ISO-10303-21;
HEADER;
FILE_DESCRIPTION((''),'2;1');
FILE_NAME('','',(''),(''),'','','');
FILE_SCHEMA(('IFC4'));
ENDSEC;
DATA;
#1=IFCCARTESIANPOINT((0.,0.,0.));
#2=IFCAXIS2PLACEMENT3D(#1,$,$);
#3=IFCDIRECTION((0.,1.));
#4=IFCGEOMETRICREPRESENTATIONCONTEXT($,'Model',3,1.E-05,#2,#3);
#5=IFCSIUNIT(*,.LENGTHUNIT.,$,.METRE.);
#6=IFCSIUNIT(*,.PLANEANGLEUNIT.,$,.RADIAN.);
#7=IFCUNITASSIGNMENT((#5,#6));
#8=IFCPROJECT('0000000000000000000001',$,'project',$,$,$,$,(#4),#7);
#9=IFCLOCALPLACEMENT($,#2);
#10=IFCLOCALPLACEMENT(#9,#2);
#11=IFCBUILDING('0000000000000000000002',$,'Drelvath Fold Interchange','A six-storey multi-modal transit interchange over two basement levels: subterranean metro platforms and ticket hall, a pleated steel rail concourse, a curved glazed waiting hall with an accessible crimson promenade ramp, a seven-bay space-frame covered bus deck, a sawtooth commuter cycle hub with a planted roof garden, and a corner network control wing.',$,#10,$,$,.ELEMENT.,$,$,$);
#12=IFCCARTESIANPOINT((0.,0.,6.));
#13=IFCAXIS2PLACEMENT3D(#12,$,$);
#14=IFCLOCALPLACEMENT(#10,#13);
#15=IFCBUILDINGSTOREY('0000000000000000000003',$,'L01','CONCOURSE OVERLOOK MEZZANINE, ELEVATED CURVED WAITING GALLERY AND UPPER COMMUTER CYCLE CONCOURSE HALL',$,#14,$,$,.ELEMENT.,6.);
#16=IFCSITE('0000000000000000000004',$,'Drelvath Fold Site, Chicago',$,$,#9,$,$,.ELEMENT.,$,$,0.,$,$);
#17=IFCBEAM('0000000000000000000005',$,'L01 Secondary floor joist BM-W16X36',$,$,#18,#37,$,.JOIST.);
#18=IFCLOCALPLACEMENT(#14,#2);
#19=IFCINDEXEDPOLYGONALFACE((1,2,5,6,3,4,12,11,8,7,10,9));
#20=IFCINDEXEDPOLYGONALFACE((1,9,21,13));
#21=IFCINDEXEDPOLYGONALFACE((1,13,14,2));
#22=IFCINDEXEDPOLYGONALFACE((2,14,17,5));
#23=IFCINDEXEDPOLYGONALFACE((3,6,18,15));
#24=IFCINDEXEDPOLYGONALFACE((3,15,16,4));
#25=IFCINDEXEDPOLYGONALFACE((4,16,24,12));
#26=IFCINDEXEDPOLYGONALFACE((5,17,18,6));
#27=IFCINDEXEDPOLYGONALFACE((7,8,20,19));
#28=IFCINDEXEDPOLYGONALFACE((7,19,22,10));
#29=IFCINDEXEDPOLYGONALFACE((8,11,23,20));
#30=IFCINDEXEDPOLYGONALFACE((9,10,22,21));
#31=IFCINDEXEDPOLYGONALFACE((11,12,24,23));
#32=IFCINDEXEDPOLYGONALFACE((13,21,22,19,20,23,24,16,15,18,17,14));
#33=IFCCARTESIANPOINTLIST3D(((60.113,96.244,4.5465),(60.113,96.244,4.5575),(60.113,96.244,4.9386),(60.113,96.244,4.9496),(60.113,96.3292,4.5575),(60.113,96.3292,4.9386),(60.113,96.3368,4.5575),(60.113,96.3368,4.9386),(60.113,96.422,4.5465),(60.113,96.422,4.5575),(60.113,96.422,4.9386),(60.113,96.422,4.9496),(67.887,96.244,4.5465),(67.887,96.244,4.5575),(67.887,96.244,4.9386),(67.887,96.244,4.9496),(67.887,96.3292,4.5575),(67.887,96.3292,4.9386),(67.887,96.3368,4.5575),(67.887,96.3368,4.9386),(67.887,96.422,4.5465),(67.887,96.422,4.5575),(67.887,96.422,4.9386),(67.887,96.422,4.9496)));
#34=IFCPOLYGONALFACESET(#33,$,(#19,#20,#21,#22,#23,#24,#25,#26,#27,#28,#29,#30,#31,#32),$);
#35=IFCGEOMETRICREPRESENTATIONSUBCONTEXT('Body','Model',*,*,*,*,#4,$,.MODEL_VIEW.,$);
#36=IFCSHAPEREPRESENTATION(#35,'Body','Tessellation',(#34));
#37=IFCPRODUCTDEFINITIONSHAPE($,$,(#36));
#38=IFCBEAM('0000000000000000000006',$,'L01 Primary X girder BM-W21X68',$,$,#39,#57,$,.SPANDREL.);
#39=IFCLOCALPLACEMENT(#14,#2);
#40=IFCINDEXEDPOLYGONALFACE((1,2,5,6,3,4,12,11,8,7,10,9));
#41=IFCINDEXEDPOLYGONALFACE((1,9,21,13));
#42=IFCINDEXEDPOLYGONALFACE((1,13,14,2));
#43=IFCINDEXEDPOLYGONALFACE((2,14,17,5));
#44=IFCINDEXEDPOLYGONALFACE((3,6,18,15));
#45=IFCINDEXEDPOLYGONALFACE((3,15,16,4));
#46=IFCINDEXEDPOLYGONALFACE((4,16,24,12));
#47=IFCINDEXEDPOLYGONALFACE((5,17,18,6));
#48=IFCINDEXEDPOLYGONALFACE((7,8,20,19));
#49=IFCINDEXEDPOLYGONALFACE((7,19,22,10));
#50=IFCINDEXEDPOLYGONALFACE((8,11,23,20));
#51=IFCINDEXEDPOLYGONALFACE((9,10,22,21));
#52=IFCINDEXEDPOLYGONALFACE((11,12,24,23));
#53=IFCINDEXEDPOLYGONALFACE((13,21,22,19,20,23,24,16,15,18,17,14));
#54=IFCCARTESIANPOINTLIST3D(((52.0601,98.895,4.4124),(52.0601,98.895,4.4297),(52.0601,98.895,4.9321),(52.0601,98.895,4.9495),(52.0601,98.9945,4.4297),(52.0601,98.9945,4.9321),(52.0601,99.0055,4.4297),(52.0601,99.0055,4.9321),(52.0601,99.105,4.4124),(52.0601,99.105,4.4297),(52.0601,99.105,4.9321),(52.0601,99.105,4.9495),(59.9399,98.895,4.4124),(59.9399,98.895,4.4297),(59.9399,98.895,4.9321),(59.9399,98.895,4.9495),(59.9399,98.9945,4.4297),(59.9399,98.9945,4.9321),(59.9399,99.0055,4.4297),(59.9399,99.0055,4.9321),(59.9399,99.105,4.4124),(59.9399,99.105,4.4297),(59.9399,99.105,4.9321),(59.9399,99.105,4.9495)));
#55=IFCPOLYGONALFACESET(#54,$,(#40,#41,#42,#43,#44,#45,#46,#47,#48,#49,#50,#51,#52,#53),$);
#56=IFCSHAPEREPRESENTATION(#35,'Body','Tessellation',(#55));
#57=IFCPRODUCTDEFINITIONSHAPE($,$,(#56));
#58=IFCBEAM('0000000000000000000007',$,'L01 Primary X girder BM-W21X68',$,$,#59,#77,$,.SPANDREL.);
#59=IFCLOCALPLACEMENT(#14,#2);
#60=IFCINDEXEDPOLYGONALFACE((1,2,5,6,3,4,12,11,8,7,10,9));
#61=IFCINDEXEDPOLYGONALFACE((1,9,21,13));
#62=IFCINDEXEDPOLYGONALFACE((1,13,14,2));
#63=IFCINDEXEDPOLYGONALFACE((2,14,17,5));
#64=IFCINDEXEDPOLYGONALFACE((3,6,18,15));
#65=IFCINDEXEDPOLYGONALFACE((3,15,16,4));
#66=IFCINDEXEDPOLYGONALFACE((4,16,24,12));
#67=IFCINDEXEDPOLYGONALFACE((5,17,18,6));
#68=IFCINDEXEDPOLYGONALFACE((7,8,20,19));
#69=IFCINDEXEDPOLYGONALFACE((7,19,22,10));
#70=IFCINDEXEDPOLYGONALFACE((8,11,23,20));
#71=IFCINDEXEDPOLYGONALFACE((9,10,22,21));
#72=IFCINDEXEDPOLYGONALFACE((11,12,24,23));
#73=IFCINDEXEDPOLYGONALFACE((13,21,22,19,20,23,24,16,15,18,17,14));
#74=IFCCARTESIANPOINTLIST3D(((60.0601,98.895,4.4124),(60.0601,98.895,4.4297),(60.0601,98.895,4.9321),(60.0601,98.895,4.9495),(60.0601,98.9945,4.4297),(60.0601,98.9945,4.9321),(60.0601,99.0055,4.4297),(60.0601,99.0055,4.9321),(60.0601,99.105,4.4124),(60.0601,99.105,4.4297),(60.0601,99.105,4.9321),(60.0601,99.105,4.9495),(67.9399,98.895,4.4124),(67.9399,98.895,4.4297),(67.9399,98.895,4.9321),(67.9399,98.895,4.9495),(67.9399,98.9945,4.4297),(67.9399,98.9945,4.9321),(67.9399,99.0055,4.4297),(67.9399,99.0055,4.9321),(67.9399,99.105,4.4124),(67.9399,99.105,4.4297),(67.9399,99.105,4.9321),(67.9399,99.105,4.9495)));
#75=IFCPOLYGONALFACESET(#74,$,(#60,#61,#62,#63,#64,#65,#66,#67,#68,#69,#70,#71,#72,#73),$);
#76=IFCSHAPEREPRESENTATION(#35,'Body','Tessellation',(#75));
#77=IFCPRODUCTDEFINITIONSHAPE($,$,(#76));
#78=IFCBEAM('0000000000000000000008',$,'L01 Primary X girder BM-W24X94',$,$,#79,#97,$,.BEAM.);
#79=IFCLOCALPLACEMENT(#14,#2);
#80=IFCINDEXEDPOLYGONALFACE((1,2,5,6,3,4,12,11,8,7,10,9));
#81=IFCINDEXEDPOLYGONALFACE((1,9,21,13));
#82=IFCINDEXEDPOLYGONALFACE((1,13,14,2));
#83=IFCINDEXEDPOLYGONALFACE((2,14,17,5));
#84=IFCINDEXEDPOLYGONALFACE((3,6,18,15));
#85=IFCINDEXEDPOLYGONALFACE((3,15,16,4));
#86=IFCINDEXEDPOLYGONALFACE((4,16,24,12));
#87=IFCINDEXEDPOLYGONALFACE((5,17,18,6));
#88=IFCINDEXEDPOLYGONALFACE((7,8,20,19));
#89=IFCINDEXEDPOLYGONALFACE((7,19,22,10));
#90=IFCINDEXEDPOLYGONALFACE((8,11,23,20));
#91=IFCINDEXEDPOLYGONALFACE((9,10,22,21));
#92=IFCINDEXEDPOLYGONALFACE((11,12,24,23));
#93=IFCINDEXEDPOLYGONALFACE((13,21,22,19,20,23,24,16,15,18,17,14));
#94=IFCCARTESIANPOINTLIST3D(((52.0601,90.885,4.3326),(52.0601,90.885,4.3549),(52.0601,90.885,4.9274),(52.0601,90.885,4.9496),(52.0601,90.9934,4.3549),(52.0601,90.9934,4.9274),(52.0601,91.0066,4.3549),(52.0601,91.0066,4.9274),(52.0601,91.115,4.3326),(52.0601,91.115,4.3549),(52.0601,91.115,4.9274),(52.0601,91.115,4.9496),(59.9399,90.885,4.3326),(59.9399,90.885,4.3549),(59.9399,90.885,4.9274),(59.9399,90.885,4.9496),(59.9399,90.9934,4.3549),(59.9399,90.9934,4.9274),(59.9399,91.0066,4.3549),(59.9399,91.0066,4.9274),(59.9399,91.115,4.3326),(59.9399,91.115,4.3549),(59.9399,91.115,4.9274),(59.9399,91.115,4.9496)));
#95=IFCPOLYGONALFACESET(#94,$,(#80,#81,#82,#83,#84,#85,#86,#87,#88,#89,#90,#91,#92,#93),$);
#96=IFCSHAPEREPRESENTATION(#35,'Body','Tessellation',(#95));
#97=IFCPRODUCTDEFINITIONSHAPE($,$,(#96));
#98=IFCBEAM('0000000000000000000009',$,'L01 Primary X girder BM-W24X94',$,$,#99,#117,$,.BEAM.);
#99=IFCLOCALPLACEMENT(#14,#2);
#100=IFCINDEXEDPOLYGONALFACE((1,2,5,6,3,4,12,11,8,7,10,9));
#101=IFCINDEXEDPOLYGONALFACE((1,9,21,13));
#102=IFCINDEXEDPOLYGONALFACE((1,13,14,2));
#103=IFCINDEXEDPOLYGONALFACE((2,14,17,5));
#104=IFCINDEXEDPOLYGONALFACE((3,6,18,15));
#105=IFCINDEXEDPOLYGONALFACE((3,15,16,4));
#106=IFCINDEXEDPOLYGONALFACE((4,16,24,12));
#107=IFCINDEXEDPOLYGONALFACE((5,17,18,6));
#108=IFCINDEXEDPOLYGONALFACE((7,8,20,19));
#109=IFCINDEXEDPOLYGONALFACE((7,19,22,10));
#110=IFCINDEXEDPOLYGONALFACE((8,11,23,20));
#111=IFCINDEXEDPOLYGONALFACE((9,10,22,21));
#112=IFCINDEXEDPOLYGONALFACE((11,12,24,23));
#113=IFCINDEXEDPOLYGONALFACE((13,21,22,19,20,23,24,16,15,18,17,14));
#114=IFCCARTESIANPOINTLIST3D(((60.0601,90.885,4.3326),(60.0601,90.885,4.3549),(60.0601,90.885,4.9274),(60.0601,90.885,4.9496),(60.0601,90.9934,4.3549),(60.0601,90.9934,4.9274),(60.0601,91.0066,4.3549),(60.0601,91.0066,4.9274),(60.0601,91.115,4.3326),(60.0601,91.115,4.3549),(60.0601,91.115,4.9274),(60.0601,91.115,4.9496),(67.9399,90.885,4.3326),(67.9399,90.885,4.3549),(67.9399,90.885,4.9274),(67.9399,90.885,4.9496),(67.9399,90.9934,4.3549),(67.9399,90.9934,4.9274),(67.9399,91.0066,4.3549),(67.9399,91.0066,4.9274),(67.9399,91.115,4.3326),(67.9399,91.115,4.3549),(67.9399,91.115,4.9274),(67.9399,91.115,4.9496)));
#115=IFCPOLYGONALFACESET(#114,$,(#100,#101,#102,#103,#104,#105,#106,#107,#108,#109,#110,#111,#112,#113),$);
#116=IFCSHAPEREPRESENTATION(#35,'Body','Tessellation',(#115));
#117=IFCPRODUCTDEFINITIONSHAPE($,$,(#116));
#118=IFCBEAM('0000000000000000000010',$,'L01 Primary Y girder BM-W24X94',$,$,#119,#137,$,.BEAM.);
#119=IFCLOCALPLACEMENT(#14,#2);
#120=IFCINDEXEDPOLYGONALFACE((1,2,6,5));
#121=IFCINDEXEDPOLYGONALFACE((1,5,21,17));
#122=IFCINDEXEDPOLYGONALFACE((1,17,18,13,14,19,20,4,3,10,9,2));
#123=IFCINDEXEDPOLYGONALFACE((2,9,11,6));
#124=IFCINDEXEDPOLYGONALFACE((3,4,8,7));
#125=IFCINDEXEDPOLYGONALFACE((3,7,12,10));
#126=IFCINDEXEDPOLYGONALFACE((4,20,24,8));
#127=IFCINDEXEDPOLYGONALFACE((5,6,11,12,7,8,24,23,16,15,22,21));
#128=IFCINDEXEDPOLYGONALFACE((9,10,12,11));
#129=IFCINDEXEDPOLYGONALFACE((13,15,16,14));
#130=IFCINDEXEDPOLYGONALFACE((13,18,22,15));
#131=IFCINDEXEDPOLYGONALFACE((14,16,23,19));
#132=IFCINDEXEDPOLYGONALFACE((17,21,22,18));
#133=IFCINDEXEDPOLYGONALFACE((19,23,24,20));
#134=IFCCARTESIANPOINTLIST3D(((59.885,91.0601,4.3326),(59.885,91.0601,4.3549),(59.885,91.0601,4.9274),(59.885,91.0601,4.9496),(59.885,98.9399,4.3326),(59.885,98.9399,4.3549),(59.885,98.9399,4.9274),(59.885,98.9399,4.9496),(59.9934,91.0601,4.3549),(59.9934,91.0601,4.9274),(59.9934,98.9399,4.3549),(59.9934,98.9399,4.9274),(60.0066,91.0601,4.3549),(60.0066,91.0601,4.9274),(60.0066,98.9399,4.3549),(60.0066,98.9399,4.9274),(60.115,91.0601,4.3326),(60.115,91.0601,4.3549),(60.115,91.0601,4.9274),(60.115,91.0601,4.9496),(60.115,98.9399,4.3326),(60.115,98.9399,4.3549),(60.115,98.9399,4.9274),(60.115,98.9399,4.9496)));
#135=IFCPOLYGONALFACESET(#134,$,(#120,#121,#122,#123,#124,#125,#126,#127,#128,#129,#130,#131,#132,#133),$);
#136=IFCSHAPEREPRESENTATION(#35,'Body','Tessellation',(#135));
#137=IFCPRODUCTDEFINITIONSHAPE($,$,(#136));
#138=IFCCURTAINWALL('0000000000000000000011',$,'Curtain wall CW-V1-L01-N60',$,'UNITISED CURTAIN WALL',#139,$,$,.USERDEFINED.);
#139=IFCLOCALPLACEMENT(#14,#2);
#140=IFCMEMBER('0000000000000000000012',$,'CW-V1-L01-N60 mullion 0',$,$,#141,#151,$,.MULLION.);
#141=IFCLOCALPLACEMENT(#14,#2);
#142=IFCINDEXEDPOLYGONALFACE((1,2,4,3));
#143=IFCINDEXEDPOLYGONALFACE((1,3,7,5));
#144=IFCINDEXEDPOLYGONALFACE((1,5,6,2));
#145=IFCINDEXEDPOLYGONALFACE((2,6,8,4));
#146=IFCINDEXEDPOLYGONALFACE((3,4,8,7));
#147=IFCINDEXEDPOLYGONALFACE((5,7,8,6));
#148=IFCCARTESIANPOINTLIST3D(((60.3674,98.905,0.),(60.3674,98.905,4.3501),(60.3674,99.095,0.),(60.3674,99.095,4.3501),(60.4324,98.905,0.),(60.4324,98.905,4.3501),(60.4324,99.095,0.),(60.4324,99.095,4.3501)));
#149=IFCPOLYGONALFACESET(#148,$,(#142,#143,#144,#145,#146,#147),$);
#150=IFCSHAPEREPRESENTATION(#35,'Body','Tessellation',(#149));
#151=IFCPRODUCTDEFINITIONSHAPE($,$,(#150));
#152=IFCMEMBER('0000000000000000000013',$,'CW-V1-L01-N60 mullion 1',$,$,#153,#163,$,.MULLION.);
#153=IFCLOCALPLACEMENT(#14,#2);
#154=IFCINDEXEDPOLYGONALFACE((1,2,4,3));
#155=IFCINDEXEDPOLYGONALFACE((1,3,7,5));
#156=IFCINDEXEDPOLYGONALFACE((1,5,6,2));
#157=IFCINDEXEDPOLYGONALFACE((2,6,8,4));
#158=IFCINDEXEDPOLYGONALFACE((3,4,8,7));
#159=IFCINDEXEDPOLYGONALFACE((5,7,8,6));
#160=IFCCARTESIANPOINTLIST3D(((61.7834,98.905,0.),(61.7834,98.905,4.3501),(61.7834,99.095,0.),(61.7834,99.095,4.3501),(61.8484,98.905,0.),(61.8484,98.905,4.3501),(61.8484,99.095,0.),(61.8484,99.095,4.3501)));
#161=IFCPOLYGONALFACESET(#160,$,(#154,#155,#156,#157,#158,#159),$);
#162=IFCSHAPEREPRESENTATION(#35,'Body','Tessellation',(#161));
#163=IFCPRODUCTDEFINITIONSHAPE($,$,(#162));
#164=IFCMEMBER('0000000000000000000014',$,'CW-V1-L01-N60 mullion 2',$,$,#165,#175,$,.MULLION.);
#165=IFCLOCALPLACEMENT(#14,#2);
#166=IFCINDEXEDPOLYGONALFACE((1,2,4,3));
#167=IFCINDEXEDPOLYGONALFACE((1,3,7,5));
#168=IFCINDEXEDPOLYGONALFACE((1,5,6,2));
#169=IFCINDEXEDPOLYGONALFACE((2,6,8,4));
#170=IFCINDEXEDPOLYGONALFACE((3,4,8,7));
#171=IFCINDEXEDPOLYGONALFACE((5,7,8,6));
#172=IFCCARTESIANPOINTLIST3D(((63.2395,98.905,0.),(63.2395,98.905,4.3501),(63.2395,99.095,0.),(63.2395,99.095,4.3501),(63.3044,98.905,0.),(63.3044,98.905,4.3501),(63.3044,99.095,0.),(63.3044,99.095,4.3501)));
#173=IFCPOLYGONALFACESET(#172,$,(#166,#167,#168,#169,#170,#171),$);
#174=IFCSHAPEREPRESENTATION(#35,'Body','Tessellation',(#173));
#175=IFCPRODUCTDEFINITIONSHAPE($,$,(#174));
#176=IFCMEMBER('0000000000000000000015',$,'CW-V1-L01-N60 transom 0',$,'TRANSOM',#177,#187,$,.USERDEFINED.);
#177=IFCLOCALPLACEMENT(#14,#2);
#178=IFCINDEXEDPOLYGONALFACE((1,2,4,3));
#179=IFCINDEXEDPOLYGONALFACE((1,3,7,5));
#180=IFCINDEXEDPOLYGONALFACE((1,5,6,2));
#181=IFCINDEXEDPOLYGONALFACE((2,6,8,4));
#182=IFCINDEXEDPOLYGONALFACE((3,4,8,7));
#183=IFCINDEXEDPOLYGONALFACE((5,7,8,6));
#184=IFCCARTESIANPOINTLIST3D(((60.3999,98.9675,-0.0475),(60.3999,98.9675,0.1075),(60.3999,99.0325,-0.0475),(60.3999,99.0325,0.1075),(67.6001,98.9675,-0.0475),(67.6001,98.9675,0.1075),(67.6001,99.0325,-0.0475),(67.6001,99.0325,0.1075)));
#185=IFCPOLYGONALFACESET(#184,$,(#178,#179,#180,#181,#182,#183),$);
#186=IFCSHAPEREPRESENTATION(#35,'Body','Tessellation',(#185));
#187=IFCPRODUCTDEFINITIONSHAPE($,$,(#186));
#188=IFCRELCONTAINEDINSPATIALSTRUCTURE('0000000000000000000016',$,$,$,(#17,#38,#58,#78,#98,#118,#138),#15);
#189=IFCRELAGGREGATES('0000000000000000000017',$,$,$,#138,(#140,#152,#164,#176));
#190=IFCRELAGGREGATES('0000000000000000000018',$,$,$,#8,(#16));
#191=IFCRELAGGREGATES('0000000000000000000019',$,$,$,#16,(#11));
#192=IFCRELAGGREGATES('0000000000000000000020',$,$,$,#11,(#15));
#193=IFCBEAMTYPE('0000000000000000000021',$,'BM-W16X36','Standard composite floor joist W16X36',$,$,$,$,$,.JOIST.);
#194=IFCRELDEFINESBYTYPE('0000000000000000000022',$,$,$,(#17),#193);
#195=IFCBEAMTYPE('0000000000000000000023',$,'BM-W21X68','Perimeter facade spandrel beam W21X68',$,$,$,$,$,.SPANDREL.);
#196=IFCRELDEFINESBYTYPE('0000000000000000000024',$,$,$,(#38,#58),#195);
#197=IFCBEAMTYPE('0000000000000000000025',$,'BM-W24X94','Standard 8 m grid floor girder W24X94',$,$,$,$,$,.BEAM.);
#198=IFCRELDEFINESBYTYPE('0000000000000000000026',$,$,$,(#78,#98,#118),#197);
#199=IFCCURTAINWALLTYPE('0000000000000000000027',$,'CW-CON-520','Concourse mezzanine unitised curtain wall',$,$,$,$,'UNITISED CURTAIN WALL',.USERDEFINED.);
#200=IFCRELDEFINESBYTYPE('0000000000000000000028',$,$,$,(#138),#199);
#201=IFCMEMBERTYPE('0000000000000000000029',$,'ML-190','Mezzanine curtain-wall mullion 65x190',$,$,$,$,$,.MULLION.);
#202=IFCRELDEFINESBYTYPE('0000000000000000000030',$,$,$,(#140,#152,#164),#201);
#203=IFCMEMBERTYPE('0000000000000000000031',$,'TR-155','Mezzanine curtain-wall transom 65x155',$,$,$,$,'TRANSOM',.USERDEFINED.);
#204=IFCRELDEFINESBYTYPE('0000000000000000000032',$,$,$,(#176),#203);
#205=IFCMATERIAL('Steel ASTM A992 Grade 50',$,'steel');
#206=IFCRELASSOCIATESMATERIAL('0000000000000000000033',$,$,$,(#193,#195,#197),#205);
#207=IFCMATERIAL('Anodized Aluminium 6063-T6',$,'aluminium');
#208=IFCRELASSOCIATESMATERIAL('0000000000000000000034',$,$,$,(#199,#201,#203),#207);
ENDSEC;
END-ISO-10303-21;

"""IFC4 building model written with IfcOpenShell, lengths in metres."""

from ifc_helpers import new_model, si_unit, direction, frame, origin, origin_2d, place, context, subcontext, project, spatial, rectangle, i_section, extrude, material, material_profile, profile_set, type_object, element, aggregate, save


model = new_model("IFC4")

# Units and contexts
model_context = context("Model", 3, precision=1e-05, world=origin(), true_north=direction((0.0, 1.0)))
body_context = subcontext(model_context, "Body", "Model", "MODEL_VIEW")
ifc_project = project(units=[si_unit("LENGTHUNIT", "METRE"), si_unit("PLANEANGLEUNIT", "RADIAN")], contexts=[model_context])

# Site, building, storey
site_placement = place(None, origin())
site = spatial("IfcSite", under=ifc_project, at=site_placement, Name="Drelvath Fold Site, Chicago", CompositionType="ELEMENT", RefElevation=0.0)
building_placement = place(site_placement, origin())
building = spatial("IfcBuilding", under=site, at=building_placement, Name="Drelvath Fold Interchange", Description="A six-storey multi-modal transit interchange over two basement levels: subterranean metro platforms and ticket hall, a pleated steel rail concourse, a curved glazed waiting hall with an accessible crimson promenade ramp, a seven-bay space-frame covered bus deck, a sawtooth commuter cycle hub with a planted roof garden, and a corner network control wing.", CompositionType="ELEMENT")
storey_placement = place(building_placement, frame((0.0, 0.0, 6.0)))
storey = spatial("IfcBuildingStorey", under=building, at=storey_placement, Name="L01", Description="CONCOURSE OVERLOOK MEZZANINE, ELEVATED CURVED WAITING GALLERY AND UPPER COMMUTER CYCLE CONCOURSE HALL", CompositionType="ELEMENT", Elevation=6.0)

# Beams
ifc_material_1 = material(Name="Steel ASTM A992 Grade 50", Category="steel")
ifc_material_profile_1 = material_profile(ifc_material_1, i_section(OverallWidth=0.178, OverallDepth=0.4031, WebThickness=0.0076, FlangeThickness=0.011, at=origin_2d()), Name="W16X36")
ifc_profile_set_1 = profile_set([ifc_material_profile_1], Name="Steel ASTM A992 Grade 50")
beam_type_1 = type_object("IfcBeamType", Name="BM-W16X36", Description="Standard composite floor joist W16X36", PredefinedType="JOIST", material=ifc_profile_set_1)
for number, where, z_axis, x_axis, name in (
    (1, (60.113, 96.333, 4.748), (1.0, 0.0, 0.0), (0.0, 1.0, 0.0), "L01 Secondary floor joist BM-W16X36"),
):
    element("IfcBeam", number, at=place(storey_placement, frame(where, z_axis=z_axis, x_axis=x_axis)), inside=storey, type_object=beam_type_1, Name=name, PredefinedType="JOIST", context=body_context, shape_type="SweptSolid", body=[
        extrude(i_section(OverallWidth=0.178, OverallDepth=0.4031, WebThickness=0.0076, FlangeThickness=0.011, at=origin_2d()), origin(), (0.0, 0.0, 1.0), 7.7739),
    ])
ifc_material_profile_2 = material_profile(ifc_material_1, i_section(OverallWidth=0.21, OverallDepth=0.5371, WebThickness=0.011, FlangeThickness=0.0173, at=origin_2d()), Name="W21X68")
ifc_profile_set_2 = profile_set([ifc_material_profile_2], Name="Steel ASTM A992 Grade 50")
beam_type_2 = type_object("IfcBeamType", Name="BM-W21X68", Description="Perimeter facade spandrel beam W21X68", PredefinedType="SPANDREL", material=ifc_profile_set_2)
for number, where, z_axis, x_axis, name in (
    (2, (52.0601, 99.0, 4.6809), (1.0, 0.0, 0.0), (0.0, 1.0, 0.0), "L01 Primary X girder BM-W21X68"),
    (3, (60.0601, 99.0, 4.6809), (1.0, 0.0, 0.0), (0.0, 1.0, 0.0), "L01 Primary X girder BM-W21X68"),
):
    element("IfcBeam", number, at=place(storey_placement, frame(where, z_axis=z_axis, x_axis=x_axis)), inside=storey, type_object=beam_type_2, Name=name, PredefinedType="SPANDREL", context=body_context, shape_type="SweptSolid", body=[
        extrude(i_section(OverallWidth=0.21, OverallDepth=0.5371, WebThickness=0.011, FlangeThickness=0.0173, at=origin_2d()), origin(), (0.0, 0.0, 1.0), 7.8799),
    ])
ifc_material_profile_3 = material_profile(ifc_material_1, i_section(OverallWidth=0.23, OverallDepth=0.6169, WebThickness=0.0132, FlangeThickness=0.0222, at=origin_2d()), Name="W24X94")
ifc_profile_set_3 = profile_set([ifc_material_profile_3], Name="Steel ASTM A992 Grade 50")
beam_type_3 = type_object("IfcBeamType", Name="BM-W24X94", Description="Standard 8 m grid floor girder W24X94", PredefinedType="BEAM", material=ifc_profile_set_3)
for number, where, z_axis, x_axis, name in (
    (4, (52.0601, 91.0, 4.6411), (1.0, 0.0, 0.0), (0.0, 1.0, 0.0), "L01 Primary X girder BM-W24X94"),
    (5, (60.0601, 91.0, 4.6411), (1.0, 0.0, 0.0), (0.0, 1.0, 0.0), "L01 Primary X girder BM-W24X94"),
    (6, (60.0, 91.0601, 4.6411), (0.0, 1.0, 0.0), (-1.0, 0.0, 0.0), "L01 Primary Y girder BM-W24X94"),
):
    element("IfcBeam", number, at=place(storey_placement, frame(where, z_axis=z_axis, x_axis=x_axis)), inside=storey, type_object=beam_type_3, Name=name, PredefinedType="BEAM", context=body_context, shape_type="SweptSolid", body=[
        extrude(i_section(OverallWidth=0.23, OverallDepth=0.6169, WebThickness=0.0132, FlangeThickness=0.0222, at=origin_2d()), origin(), (0.0, 0.0, 1.0), 7.8799),
    ])

# Curtain wall, members
ifc_material_2 = material(Name="Anodized Aluminium 6063-T6", Category="aluminium")
curtain_wall_type = type_object("IfcCurtainWallType", Name="CW-CON-520", Description="Concourse mezzanine unitised curtain wall", ElementType="UNITISED CURTAIN WALL", PredefinedType="USERDEFINED", material=ifc_material_2)
curtain_wall_placement = place(storey_placement, origin())
curtain_wall = element("IfcCurtainWall", 7, at=curtain_wall_placement, inside=storey, type_object=curtain_wall_type, Name="Curtain wall CW-V1-L01-N60", ObjectType="UNITISED CURTAIN WALL", PredefinedType="USERDEFINED")
ifc_material_profile_4 = material_profile(ifc_material_2, rectangle(XDim=0.0649, YDim=0.1899, at=origin_2d()), Name="AL-M 65x190")
ifc_profile_set_4 = profile_set([ifc_material_profile_4], Name="Anodized Aluminium 6063-T6")
member_type_1 = type_object("IfcMemberType", Name="ML-190", Description="Mezzanine curtain-wall mullion 65x190", PredefinedType="MULLION", material=ifc_profile_set_4)
member_1_placement = place(storey_placement, frame((60.3999, 99.0, 0.0), z_axis=(0.0, 0.0, 1.0), x_axis=(1.0, 0.0, 0.0)))
member_1 = element("IfcMember", 8, at=member_1_placement, type_object=member_type_1, Name="CW-V1-L01-N60 mullion 0", PredefinedType="MULLION", context=body_context, shape_type="SweptSolid", body=[
    extrude(rectangle(XDim=0.0649, YDim=0.1899, at=origin_2d()), origin(), (0.0, 0.0, 1.0), 4.3501),
])
member_2_placement = place(storey_placement, frame((61.8159, 99.0, 0.0), z_axis=(0.0, 0.0, 1.0), x_axis=(1.0, 0.0, 0.0)))
member_2 = element("IfcMember", 9, at=member_2_placement, type_object=member_type_1, Name="CW-V1-L01-N60 mullion 1", PredefinedType="MULLION", context=body_context, shape_type="SweptSolid", body=[
    extrude(rectangle(XDim=0.0649, YDim=0.1899, at=origin_2d()), origin(), (0.0, 0.0, 1.0), 4.3501),
])
member_3_placement = place(storey_placement, frame((63.272, 99.0, 0.0), z_axis=(0.0, 0.0, 1.0), x_axis=(1.0, 0.0, 0.0)))
member_3 = element("IfcMember", 10, at=member_3_placement, type_object=member_type_1, Name="CW-V1-L01-N60 mullion 2", PredefinedType="MULLION", context=body_context, shape_type="SweptSolid", body=[
    extrude(rectangle(XDim=0.0649, YDim=0.1899, at=origin_2d()), origin(), (0.0, 0.0, 1.0), 4.3501),
])
ifc_material_profile_5 = material_profile(ifc_material_2, rectangle(XDim=0.0649, YDim=0.155, at=origin_2d()), Name="AL-T 65x155")
ifc_profile_set_5 = profile_set([ifc_material_profile_5], Name="Anodized Aluminium 6063-T6")
member_type_2 = type_object("IfcMemberType", Name="TR-155", Description="Mezzanine curtain-wall transom 65x155", ElementType="TRANSOM", PredefinedType="USERDEFINED", material=ifc_profile_set_5)
member_4_placement = place(storey_placement, frame((60.3999, 99.0, 0.03), z_axis=(1.0, 0.0, 0.0), x_axis=(0.0, 1.0, 0.0)))
member_4 = element("IfcMember", 11, at=member_4_placement, type_object=member_type_2, Name="CW-V1-L01-N60 transom 0", ObjectType="TRANSOM", PredefinedType="USERDEFINED", context=body_context, shape_type="SweptSolid", body=[
    extrude(rectangle(XDim=0.0649, YDim=0.155, at=origin_2d()), origin(), (0.0, 0.0, 1.0), 7.2002),
])
aggregate(curtain_wall, [member_1, member_2, member_3, member_4])

save(model, "model.ifc")
